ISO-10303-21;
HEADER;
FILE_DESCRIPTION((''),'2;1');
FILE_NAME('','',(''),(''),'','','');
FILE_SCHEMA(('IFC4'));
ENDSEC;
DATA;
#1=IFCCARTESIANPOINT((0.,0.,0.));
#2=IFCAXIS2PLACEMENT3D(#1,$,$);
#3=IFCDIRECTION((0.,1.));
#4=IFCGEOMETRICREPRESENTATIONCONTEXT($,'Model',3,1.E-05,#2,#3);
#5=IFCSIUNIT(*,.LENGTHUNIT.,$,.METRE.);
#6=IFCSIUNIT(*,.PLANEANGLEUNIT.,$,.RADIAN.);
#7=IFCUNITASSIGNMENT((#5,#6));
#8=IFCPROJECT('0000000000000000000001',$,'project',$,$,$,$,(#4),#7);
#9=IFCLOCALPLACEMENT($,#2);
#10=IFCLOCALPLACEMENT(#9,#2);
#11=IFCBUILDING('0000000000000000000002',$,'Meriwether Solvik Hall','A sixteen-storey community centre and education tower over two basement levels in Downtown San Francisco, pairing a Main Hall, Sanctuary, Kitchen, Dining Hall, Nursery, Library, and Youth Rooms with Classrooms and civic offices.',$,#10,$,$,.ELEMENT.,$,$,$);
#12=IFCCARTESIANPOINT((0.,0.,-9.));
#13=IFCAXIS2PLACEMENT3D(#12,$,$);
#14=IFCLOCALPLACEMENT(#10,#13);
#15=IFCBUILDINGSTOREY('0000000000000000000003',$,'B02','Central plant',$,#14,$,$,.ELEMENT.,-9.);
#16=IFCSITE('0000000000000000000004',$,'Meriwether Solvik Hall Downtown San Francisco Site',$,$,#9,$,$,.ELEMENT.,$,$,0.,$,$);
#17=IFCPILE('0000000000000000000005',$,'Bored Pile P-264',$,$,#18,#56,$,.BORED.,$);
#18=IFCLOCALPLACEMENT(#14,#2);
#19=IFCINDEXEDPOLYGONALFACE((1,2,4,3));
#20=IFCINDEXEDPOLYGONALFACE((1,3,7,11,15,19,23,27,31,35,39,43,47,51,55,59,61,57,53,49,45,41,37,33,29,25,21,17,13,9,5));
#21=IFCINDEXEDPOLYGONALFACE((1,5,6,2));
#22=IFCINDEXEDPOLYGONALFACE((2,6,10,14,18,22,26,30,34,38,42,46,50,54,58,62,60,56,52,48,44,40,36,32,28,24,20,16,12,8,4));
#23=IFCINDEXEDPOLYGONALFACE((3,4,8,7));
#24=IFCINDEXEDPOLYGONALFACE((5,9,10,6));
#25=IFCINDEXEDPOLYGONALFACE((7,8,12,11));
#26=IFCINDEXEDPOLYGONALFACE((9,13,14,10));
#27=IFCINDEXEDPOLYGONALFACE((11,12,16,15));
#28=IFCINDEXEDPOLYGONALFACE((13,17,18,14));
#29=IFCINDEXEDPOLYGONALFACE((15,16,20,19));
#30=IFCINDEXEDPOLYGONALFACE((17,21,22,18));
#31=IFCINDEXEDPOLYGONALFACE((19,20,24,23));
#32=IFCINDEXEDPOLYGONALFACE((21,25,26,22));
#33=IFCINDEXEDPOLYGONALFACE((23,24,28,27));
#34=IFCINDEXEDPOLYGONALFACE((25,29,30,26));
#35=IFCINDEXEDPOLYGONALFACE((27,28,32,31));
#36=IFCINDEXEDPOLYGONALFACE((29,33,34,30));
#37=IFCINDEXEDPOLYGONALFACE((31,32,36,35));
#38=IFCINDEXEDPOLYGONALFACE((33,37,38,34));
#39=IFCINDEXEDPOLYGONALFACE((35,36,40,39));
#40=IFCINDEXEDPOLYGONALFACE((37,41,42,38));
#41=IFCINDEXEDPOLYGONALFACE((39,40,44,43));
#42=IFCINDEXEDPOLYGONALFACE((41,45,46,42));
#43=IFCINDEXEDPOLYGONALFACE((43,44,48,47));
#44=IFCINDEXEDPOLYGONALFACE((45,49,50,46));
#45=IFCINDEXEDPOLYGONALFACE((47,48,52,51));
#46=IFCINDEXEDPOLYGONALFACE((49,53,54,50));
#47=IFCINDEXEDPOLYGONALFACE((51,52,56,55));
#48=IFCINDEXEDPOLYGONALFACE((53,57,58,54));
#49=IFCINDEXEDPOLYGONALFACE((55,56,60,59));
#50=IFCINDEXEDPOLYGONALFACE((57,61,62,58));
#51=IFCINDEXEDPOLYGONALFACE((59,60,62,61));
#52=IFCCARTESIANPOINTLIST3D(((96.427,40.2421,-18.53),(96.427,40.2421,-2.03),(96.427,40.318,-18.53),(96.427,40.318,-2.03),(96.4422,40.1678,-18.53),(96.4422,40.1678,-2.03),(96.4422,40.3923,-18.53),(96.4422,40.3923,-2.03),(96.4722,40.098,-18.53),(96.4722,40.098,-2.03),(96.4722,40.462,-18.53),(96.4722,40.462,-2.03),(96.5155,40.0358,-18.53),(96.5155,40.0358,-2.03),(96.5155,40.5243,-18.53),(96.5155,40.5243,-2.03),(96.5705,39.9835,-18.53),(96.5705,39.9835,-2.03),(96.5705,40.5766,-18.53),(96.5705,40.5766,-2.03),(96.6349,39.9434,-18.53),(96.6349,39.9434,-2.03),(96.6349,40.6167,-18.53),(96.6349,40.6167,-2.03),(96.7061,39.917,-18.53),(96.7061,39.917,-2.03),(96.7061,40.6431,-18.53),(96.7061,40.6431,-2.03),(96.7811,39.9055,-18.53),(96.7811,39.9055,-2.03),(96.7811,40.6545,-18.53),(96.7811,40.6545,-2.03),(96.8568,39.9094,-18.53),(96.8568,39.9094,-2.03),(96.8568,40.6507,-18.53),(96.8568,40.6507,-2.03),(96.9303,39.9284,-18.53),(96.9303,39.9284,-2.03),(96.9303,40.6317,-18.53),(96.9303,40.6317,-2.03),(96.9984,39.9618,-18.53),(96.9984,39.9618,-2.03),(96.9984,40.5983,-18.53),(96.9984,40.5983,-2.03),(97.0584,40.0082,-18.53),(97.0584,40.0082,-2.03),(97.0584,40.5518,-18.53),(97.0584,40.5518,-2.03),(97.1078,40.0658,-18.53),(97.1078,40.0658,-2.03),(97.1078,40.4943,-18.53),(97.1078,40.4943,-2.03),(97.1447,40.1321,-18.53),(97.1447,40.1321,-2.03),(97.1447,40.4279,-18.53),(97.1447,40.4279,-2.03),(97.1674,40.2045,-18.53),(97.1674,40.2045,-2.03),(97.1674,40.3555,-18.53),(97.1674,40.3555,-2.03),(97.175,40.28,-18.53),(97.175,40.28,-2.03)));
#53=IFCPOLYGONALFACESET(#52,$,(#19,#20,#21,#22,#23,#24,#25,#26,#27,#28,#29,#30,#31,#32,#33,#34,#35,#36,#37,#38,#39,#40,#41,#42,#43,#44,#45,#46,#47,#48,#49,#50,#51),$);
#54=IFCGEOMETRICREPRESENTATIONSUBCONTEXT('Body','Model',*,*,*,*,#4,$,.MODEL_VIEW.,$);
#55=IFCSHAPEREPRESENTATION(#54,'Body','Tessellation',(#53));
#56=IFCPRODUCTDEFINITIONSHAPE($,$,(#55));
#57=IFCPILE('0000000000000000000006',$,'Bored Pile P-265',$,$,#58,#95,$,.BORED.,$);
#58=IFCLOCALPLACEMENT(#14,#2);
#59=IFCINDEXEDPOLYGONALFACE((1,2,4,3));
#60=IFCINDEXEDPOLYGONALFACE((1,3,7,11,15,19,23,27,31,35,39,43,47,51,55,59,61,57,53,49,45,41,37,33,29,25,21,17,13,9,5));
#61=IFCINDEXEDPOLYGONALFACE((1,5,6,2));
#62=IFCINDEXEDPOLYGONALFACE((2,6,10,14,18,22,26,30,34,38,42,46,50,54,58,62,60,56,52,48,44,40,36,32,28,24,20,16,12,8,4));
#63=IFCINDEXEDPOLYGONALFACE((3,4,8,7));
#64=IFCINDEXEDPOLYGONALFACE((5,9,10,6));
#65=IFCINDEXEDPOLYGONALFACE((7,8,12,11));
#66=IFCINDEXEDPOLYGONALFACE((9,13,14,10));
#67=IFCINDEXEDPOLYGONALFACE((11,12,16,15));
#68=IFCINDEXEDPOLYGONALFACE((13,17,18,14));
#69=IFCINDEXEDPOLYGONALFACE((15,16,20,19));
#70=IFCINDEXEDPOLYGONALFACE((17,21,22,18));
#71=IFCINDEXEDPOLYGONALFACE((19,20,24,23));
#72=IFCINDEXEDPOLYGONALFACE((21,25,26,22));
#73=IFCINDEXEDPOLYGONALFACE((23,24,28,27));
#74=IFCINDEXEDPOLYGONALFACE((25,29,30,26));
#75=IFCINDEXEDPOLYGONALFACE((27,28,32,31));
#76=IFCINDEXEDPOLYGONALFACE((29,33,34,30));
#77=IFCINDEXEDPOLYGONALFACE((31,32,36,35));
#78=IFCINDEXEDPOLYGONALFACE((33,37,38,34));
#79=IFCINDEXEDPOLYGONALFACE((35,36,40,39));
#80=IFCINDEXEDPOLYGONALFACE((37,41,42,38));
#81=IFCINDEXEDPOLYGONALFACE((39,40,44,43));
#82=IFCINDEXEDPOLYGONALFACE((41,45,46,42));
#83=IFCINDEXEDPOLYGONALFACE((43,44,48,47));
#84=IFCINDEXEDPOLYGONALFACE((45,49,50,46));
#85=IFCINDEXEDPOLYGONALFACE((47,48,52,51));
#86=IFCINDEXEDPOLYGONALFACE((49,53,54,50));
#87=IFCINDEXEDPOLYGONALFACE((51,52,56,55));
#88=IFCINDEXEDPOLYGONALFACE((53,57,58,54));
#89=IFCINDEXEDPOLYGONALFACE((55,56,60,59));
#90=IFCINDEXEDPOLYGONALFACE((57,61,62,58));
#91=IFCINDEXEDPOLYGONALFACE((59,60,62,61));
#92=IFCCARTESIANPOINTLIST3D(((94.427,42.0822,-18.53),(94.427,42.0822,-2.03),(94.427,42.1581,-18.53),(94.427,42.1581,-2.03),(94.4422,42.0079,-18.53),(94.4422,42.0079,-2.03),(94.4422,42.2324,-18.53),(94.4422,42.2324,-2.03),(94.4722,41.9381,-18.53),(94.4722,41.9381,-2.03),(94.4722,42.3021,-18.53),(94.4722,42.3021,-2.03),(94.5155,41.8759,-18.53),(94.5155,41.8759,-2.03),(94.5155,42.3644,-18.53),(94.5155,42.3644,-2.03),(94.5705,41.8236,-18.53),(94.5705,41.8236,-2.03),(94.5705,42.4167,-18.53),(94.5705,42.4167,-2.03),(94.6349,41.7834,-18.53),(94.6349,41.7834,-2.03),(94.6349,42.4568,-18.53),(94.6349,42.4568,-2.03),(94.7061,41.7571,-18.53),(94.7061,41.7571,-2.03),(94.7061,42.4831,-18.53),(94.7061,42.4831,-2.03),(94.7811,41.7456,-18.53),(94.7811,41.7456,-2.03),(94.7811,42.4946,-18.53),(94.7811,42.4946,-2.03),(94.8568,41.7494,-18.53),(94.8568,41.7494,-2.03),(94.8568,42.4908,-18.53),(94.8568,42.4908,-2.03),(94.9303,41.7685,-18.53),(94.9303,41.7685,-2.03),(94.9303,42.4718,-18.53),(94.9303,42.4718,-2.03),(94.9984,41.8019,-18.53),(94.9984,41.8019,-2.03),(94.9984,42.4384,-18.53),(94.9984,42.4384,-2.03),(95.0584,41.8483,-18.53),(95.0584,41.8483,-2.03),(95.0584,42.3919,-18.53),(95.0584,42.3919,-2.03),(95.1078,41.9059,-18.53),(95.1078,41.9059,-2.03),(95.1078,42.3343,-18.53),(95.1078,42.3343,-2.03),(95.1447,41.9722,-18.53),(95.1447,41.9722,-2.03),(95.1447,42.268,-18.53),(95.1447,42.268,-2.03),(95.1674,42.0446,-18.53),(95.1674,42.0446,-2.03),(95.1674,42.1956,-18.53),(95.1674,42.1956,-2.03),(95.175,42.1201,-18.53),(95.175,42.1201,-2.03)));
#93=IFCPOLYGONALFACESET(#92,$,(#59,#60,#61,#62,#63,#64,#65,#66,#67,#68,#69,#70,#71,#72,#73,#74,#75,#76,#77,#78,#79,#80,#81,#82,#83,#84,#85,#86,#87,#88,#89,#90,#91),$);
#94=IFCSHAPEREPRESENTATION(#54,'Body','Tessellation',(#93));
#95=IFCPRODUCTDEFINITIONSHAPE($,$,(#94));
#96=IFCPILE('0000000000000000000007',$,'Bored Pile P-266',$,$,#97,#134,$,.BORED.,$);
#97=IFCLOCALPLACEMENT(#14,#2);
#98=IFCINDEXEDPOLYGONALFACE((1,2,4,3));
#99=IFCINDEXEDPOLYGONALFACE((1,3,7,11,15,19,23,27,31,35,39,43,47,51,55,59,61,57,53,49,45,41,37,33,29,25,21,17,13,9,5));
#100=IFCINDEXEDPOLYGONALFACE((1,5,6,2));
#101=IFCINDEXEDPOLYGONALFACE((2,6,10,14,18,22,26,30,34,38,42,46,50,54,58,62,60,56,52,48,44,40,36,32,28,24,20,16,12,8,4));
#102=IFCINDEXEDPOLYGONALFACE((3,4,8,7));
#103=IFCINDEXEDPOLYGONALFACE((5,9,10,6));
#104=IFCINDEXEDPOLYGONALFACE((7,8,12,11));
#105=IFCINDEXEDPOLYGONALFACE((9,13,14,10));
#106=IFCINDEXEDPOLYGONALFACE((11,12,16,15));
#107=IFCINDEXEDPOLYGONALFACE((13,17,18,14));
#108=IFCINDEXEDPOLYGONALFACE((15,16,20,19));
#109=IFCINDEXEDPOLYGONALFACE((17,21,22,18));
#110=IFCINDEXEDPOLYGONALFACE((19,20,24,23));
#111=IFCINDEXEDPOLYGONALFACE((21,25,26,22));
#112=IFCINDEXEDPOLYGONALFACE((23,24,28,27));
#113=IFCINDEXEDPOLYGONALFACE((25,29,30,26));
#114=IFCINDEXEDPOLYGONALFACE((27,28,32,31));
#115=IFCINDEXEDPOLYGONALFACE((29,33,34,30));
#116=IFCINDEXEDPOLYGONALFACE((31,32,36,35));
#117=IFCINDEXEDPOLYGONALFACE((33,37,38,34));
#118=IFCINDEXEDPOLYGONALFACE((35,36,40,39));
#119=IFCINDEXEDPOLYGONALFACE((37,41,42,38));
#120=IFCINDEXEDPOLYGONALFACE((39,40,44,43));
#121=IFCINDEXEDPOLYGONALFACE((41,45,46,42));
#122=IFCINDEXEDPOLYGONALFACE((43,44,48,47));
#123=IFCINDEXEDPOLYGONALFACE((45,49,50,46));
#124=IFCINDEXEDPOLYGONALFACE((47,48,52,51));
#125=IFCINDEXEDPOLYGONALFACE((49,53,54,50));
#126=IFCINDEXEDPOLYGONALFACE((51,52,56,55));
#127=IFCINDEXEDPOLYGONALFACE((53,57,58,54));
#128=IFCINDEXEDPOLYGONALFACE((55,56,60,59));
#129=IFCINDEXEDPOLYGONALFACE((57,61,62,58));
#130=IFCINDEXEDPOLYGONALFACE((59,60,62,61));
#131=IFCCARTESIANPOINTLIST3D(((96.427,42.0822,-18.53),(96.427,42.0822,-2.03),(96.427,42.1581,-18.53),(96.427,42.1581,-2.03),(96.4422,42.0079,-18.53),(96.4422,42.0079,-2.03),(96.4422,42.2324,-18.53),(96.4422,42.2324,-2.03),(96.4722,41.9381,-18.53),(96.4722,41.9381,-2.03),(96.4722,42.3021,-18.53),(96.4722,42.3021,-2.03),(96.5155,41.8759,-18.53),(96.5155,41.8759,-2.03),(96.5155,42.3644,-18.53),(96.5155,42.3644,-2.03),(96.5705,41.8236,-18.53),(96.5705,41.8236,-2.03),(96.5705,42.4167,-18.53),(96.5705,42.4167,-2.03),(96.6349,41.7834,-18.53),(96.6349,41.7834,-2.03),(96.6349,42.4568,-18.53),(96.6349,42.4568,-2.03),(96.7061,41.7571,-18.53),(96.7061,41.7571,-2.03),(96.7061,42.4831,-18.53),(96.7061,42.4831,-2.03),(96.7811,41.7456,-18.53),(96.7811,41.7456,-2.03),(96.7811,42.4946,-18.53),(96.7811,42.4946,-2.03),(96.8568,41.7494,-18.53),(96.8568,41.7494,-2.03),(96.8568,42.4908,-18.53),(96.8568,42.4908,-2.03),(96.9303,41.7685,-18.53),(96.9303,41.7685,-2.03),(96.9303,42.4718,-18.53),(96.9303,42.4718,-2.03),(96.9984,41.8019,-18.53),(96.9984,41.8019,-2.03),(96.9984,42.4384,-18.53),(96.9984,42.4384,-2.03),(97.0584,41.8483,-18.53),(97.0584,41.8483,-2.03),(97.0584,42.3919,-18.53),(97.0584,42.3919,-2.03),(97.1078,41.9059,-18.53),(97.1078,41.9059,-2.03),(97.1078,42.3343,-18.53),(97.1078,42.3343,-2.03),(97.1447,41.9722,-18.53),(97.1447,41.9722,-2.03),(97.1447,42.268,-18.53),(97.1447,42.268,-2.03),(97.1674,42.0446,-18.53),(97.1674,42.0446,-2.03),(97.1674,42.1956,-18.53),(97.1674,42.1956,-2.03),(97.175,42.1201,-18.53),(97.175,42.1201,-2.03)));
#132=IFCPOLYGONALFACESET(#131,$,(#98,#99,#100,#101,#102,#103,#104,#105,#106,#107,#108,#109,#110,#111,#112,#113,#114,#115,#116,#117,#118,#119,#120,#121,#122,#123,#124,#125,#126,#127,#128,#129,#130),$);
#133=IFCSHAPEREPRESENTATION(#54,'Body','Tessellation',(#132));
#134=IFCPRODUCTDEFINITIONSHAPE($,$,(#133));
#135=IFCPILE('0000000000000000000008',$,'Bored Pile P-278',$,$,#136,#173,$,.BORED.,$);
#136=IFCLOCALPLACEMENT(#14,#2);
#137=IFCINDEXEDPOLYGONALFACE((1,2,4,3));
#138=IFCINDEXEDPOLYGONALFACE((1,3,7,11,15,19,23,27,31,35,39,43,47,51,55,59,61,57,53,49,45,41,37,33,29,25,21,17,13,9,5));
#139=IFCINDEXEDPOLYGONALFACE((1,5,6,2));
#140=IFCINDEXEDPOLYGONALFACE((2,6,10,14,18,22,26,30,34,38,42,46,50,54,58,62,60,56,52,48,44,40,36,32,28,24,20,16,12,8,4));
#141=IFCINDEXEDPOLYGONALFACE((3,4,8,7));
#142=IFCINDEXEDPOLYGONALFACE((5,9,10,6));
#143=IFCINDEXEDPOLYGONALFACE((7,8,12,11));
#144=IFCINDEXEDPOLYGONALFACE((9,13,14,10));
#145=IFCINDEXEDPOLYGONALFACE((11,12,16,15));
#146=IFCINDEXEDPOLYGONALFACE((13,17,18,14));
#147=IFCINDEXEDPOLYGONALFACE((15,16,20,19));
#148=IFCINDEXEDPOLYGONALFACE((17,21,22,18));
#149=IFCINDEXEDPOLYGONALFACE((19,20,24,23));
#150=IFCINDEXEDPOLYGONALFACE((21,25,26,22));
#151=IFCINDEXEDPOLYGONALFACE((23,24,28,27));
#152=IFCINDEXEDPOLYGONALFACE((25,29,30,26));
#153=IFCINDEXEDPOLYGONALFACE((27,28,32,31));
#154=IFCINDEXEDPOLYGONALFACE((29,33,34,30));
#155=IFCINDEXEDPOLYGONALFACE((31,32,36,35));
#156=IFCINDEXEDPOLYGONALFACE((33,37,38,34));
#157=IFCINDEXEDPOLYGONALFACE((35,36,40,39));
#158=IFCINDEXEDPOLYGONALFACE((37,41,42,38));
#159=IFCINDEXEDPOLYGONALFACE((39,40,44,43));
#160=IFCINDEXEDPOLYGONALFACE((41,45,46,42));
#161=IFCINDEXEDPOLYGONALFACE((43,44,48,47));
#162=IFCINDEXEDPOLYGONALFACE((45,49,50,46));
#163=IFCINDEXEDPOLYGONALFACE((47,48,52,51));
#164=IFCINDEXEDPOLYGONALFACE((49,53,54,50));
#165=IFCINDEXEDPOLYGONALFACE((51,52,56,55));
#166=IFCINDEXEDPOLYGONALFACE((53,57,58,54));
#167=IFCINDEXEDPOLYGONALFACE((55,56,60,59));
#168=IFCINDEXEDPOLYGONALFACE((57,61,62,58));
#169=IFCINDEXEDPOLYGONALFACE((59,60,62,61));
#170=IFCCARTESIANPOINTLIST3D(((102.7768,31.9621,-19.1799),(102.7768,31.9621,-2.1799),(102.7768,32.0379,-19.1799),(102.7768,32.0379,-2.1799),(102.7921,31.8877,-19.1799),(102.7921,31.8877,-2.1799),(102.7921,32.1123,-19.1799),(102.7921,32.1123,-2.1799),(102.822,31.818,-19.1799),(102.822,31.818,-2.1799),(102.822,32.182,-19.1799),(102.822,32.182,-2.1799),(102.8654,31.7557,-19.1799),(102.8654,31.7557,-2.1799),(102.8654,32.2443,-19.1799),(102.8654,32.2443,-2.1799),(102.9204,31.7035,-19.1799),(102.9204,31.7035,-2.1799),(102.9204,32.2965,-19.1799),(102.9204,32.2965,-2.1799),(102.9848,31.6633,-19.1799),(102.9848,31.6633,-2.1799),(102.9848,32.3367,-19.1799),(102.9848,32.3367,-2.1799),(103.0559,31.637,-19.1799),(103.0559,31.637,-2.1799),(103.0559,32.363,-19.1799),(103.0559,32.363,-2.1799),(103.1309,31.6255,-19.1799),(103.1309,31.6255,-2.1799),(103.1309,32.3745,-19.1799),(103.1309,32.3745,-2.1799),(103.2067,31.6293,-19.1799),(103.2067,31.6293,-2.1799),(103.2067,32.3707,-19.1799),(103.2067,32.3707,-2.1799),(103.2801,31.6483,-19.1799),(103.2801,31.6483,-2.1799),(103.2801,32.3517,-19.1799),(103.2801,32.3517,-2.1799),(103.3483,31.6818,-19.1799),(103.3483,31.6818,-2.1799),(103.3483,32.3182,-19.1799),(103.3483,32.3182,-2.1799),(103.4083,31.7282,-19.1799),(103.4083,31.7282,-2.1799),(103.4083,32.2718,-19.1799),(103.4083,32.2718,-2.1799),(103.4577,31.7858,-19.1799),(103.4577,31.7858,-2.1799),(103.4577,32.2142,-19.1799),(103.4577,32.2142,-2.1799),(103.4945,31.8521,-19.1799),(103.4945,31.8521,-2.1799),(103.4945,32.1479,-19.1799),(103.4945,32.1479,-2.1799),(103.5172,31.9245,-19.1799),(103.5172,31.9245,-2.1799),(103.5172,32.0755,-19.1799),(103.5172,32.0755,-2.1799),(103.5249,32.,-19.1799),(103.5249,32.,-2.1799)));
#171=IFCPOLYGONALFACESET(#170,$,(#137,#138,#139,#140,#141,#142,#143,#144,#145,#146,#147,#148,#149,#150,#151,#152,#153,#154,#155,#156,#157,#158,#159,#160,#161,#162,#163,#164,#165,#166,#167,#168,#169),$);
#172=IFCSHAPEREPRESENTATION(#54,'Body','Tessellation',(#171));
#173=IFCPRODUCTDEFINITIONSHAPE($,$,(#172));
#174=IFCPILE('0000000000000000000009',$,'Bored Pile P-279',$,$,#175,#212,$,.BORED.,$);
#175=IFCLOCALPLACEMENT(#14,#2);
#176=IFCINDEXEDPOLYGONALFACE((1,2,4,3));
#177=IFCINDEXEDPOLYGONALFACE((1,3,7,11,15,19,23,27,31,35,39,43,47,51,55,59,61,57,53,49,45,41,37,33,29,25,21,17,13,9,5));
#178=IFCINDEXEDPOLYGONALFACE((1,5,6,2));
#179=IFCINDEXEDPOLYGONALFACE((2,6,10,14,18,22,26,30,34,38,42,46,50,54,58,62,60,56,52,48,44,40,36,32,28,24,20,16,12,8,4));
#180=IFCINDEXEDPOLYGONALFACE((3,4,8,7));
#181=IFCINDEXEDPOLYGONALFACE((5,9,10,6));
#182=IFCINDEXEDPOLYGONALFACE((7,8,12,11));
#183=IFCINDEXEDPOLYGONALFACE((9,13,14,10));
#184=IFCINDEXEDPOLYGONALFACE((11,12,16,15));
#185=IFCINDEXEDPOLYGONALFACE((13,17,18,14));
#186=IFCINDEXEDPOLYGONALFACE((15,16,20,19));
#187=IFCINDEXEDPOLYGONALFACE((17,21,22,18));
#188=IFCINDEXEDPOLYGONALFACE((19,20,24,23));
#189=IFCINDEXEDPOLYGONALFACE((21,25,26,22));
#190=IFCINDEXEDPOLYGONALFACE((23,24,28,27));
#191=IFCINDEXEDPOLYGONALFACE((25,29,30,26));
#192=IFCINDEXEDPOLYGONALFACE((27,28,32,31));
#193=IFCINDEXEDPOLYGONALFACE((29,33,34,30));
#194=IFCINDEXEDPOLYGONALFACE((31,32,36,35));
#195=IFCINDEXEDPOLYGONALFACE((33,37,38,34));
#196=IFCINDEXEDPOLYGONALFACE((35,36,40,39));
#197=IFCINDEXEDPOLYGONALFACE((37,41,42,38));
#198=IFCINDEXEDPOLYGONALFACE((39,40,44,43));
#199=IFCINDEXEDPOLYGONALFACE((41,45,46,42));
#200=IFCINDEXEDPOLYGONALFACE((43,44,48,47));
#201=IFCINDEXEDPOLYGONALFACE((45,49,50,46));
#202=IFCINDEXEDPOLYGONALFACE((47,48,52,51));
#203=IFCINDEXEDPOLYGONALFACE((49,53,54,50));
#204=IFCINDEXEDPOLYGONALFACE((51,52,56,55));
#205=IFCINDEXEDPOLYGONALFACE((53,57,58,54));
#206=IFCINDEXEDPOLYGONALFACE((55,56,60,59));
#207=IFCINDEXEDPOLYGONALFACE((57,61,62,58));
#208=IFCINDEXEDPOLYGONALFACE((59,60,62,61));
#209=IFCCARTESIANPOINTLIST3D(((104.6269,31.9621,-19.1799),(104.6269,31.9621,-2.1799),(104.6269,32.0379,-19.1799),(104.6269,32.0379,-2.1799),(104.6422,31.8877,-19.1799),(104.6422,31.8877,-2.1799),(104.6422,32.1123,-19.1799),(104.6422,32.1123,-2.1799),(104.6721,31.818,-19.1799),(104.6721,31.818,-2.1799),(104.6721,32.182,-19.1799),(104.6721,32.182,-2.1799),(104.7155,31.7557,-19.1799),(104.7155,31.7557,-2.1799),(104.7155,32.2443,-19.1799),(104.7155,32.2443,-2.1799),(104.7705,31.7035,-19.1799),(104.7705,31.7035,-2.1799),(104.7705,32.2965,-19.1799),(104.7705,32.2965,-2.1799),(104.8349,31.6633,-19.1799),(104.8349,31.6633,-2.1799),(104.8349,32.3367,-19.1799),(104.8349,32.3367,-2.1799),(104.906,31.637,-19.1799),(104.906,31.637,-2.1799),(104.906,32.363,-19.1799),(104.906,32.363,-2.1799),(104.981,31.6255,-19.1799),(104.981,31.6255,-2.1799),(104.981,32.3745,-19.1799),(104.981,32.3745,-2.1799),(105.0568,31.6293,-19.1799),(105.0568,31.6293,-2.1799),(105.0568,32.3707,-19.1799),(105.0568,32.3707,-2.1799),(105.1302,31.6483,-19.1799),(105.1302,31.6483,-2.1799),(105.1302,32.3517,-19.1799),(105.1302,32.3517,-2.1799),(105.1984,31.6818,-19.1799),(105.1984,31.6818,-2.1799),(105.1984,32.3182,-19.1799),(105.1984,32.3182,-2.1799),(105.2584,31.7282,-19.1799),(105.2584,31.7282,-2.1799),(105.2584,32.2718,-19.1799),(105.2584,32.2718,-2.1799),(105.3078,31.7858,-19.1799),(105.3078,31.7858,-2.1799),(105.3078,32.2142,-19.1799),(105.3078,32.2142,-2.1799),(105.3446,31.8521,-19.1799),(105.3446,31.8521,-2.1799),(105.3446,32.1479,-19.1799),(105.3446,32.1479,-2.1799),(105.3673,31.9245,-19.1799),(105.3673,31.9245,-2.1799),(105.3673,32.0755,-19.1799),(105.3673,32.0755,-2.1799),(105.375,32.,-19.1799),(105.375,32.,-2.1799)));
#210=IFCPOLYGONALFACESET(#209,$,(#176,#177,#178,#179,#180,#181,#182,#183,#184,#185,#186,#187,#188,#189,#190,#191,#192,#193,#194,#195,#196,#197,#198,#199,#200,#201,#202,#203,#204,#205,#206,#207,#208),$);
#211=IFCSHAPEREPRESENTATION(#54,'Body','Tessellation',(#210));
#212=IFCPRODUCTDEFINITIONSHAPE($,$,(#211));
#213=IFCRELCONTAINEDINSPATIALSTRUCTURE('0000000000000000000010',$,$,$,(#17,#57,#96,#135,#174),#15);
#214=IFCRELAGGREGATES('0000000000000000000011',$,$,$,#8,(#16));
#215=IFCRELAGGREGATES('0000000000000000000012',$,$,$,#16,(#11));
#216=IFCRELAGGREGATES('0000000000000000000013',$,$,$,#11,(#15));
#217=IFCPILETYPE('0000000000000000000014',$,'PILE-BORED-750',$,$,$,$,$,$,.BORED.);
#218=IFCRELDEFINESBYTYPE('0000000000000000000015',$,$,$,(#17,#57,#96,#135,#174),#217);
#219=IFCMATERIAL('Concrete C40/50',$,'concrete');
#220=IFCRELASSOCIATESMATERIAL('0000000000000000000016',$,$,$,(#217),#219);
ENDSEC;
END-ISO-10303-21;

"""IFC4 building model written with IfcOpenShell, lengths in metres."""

from ifc_helpers import new_model, si_unit, direction, frame, origin, origin_2d, place, context, subcontext, project, spatial, circle, extrude, material, material_profile, profile_set, type_object, element, save


model = new_model("IFC4")

# Units and contexts
model_context = context("Model", 3, precision=1e-05, world=origin(), true_north=direction((0.0, 1.0)))
body_context = subcontext(model_context, "Body", "Model", "MODEL_VIEW")
ifc_project = project(units=[si_unit("LENGTHUNIT", "METRE"), si_unit("PLANEANGLEUNIT", "RADIAN")], contexts=[model_context])

# Site, building, storey
site_placement = place(None, origin())
site = spatial("IfcSite", under=ifc_project, at=site_placement, Name="Meriwether Solvik Hall Downtown San Francisco Site", CompositionType="ELEMENT", RefElevation=0.0)
building_placement = place(site_placement, origin())
building = spatial("IfcBuilding", under=site, at=building_placement, Name="Meriwether Solvik Hall", Description="A sixteen-storey community centre and education tower over two basement levels in Downtown San Francisco, pairing a Main Hall, Sanctuary, Kitchen, Dining Hall, Nursery, Library, and Youth Rooms with Classrooms and civic offices.", CompositionType="ELEMENT")
storey_placement = place(building_placement, frame((0.0, 0.0, -9.0)))
storey = spatial("IfcBuildingStorey", under=building, at=storey_placement, Name="B02", Description="Central plant", CompositionType="ELEMENT", Elevation=-9.0)

# Piles
ifc_material_1 = material(Name="Concrete C40/50", Category="concrete")
ifc_material_profile_1 = material_profile(ifc_material_1, circle(Radius=0.375, at=origin_2d()), Name="PILE-D750")
ifc_profile_set_1 = profile_set([ifc_material_profile_1], Name="Concrete C40/50")
pile_type_1 = type_object("IfcPileType", Name="PILE-BORED-750", PredefinedType="BORED", material=ifc_profile_set_1)
for number, where, z_axis, x_axis, name in (
    (1, (96.8, 40.28, -2.03), (0.0, 0.0, -1.0), (1.0, 0.0, 0.0), "Bored Pile P-264"),
    (2, (94.8, 42.1201, -2.03), (0.0, 0.0, -1.0), (1.0, 0.0, 0.0), "Bored Pile P-265"),
    (3, (96.8, 42.1201, -2.03), (0.0, 0.0, -1.0), (1.0, 0.0, 0.0), "Bored Pile P-266"),
):
    element("IfcPile", number, at=place(storey_placement, frame(where, z_axis=z_axis, x_axis=x_axis)), inside=storey, type_object=pile_type_1, Name=name, PredefinedType="BORED", context=body_context, shape_type="SweptSolid", body=[
        extrude(circle(Radius=0.375, at=origin_2d()), origin(), (0.0, 0.0, 1.0), 16.5),
    ])
for number, where, z_axis, x_axis, name in (
    (4, (103.1499, 32.0, -2.1799), (0.0, 0.0, -1.0), (1.0, 0.0, 0.0), "Bored Pile P-278"),
    (5, (105.0, 32.0, -2.1799), (0.0, 0.0, -1.0), (1.0, 0.0, 0.0), "Bored Pile P-279"),
):
    element("IfcPile", number, at=place(storey_placement, frame(where, z_axis=z_axis, x_axis=x_axis)), inside=storey, type_object=pile_type_1, Name=name, PredefinedType="BORED", context=body_context, shape_type="SweptSolid", body=[
        extrude(circle(Radius=0.375, at=origin_2d()), origin(), (0.0, 0.0, 1.0), 17.0),
    ])

save(model, "model.ifc")
